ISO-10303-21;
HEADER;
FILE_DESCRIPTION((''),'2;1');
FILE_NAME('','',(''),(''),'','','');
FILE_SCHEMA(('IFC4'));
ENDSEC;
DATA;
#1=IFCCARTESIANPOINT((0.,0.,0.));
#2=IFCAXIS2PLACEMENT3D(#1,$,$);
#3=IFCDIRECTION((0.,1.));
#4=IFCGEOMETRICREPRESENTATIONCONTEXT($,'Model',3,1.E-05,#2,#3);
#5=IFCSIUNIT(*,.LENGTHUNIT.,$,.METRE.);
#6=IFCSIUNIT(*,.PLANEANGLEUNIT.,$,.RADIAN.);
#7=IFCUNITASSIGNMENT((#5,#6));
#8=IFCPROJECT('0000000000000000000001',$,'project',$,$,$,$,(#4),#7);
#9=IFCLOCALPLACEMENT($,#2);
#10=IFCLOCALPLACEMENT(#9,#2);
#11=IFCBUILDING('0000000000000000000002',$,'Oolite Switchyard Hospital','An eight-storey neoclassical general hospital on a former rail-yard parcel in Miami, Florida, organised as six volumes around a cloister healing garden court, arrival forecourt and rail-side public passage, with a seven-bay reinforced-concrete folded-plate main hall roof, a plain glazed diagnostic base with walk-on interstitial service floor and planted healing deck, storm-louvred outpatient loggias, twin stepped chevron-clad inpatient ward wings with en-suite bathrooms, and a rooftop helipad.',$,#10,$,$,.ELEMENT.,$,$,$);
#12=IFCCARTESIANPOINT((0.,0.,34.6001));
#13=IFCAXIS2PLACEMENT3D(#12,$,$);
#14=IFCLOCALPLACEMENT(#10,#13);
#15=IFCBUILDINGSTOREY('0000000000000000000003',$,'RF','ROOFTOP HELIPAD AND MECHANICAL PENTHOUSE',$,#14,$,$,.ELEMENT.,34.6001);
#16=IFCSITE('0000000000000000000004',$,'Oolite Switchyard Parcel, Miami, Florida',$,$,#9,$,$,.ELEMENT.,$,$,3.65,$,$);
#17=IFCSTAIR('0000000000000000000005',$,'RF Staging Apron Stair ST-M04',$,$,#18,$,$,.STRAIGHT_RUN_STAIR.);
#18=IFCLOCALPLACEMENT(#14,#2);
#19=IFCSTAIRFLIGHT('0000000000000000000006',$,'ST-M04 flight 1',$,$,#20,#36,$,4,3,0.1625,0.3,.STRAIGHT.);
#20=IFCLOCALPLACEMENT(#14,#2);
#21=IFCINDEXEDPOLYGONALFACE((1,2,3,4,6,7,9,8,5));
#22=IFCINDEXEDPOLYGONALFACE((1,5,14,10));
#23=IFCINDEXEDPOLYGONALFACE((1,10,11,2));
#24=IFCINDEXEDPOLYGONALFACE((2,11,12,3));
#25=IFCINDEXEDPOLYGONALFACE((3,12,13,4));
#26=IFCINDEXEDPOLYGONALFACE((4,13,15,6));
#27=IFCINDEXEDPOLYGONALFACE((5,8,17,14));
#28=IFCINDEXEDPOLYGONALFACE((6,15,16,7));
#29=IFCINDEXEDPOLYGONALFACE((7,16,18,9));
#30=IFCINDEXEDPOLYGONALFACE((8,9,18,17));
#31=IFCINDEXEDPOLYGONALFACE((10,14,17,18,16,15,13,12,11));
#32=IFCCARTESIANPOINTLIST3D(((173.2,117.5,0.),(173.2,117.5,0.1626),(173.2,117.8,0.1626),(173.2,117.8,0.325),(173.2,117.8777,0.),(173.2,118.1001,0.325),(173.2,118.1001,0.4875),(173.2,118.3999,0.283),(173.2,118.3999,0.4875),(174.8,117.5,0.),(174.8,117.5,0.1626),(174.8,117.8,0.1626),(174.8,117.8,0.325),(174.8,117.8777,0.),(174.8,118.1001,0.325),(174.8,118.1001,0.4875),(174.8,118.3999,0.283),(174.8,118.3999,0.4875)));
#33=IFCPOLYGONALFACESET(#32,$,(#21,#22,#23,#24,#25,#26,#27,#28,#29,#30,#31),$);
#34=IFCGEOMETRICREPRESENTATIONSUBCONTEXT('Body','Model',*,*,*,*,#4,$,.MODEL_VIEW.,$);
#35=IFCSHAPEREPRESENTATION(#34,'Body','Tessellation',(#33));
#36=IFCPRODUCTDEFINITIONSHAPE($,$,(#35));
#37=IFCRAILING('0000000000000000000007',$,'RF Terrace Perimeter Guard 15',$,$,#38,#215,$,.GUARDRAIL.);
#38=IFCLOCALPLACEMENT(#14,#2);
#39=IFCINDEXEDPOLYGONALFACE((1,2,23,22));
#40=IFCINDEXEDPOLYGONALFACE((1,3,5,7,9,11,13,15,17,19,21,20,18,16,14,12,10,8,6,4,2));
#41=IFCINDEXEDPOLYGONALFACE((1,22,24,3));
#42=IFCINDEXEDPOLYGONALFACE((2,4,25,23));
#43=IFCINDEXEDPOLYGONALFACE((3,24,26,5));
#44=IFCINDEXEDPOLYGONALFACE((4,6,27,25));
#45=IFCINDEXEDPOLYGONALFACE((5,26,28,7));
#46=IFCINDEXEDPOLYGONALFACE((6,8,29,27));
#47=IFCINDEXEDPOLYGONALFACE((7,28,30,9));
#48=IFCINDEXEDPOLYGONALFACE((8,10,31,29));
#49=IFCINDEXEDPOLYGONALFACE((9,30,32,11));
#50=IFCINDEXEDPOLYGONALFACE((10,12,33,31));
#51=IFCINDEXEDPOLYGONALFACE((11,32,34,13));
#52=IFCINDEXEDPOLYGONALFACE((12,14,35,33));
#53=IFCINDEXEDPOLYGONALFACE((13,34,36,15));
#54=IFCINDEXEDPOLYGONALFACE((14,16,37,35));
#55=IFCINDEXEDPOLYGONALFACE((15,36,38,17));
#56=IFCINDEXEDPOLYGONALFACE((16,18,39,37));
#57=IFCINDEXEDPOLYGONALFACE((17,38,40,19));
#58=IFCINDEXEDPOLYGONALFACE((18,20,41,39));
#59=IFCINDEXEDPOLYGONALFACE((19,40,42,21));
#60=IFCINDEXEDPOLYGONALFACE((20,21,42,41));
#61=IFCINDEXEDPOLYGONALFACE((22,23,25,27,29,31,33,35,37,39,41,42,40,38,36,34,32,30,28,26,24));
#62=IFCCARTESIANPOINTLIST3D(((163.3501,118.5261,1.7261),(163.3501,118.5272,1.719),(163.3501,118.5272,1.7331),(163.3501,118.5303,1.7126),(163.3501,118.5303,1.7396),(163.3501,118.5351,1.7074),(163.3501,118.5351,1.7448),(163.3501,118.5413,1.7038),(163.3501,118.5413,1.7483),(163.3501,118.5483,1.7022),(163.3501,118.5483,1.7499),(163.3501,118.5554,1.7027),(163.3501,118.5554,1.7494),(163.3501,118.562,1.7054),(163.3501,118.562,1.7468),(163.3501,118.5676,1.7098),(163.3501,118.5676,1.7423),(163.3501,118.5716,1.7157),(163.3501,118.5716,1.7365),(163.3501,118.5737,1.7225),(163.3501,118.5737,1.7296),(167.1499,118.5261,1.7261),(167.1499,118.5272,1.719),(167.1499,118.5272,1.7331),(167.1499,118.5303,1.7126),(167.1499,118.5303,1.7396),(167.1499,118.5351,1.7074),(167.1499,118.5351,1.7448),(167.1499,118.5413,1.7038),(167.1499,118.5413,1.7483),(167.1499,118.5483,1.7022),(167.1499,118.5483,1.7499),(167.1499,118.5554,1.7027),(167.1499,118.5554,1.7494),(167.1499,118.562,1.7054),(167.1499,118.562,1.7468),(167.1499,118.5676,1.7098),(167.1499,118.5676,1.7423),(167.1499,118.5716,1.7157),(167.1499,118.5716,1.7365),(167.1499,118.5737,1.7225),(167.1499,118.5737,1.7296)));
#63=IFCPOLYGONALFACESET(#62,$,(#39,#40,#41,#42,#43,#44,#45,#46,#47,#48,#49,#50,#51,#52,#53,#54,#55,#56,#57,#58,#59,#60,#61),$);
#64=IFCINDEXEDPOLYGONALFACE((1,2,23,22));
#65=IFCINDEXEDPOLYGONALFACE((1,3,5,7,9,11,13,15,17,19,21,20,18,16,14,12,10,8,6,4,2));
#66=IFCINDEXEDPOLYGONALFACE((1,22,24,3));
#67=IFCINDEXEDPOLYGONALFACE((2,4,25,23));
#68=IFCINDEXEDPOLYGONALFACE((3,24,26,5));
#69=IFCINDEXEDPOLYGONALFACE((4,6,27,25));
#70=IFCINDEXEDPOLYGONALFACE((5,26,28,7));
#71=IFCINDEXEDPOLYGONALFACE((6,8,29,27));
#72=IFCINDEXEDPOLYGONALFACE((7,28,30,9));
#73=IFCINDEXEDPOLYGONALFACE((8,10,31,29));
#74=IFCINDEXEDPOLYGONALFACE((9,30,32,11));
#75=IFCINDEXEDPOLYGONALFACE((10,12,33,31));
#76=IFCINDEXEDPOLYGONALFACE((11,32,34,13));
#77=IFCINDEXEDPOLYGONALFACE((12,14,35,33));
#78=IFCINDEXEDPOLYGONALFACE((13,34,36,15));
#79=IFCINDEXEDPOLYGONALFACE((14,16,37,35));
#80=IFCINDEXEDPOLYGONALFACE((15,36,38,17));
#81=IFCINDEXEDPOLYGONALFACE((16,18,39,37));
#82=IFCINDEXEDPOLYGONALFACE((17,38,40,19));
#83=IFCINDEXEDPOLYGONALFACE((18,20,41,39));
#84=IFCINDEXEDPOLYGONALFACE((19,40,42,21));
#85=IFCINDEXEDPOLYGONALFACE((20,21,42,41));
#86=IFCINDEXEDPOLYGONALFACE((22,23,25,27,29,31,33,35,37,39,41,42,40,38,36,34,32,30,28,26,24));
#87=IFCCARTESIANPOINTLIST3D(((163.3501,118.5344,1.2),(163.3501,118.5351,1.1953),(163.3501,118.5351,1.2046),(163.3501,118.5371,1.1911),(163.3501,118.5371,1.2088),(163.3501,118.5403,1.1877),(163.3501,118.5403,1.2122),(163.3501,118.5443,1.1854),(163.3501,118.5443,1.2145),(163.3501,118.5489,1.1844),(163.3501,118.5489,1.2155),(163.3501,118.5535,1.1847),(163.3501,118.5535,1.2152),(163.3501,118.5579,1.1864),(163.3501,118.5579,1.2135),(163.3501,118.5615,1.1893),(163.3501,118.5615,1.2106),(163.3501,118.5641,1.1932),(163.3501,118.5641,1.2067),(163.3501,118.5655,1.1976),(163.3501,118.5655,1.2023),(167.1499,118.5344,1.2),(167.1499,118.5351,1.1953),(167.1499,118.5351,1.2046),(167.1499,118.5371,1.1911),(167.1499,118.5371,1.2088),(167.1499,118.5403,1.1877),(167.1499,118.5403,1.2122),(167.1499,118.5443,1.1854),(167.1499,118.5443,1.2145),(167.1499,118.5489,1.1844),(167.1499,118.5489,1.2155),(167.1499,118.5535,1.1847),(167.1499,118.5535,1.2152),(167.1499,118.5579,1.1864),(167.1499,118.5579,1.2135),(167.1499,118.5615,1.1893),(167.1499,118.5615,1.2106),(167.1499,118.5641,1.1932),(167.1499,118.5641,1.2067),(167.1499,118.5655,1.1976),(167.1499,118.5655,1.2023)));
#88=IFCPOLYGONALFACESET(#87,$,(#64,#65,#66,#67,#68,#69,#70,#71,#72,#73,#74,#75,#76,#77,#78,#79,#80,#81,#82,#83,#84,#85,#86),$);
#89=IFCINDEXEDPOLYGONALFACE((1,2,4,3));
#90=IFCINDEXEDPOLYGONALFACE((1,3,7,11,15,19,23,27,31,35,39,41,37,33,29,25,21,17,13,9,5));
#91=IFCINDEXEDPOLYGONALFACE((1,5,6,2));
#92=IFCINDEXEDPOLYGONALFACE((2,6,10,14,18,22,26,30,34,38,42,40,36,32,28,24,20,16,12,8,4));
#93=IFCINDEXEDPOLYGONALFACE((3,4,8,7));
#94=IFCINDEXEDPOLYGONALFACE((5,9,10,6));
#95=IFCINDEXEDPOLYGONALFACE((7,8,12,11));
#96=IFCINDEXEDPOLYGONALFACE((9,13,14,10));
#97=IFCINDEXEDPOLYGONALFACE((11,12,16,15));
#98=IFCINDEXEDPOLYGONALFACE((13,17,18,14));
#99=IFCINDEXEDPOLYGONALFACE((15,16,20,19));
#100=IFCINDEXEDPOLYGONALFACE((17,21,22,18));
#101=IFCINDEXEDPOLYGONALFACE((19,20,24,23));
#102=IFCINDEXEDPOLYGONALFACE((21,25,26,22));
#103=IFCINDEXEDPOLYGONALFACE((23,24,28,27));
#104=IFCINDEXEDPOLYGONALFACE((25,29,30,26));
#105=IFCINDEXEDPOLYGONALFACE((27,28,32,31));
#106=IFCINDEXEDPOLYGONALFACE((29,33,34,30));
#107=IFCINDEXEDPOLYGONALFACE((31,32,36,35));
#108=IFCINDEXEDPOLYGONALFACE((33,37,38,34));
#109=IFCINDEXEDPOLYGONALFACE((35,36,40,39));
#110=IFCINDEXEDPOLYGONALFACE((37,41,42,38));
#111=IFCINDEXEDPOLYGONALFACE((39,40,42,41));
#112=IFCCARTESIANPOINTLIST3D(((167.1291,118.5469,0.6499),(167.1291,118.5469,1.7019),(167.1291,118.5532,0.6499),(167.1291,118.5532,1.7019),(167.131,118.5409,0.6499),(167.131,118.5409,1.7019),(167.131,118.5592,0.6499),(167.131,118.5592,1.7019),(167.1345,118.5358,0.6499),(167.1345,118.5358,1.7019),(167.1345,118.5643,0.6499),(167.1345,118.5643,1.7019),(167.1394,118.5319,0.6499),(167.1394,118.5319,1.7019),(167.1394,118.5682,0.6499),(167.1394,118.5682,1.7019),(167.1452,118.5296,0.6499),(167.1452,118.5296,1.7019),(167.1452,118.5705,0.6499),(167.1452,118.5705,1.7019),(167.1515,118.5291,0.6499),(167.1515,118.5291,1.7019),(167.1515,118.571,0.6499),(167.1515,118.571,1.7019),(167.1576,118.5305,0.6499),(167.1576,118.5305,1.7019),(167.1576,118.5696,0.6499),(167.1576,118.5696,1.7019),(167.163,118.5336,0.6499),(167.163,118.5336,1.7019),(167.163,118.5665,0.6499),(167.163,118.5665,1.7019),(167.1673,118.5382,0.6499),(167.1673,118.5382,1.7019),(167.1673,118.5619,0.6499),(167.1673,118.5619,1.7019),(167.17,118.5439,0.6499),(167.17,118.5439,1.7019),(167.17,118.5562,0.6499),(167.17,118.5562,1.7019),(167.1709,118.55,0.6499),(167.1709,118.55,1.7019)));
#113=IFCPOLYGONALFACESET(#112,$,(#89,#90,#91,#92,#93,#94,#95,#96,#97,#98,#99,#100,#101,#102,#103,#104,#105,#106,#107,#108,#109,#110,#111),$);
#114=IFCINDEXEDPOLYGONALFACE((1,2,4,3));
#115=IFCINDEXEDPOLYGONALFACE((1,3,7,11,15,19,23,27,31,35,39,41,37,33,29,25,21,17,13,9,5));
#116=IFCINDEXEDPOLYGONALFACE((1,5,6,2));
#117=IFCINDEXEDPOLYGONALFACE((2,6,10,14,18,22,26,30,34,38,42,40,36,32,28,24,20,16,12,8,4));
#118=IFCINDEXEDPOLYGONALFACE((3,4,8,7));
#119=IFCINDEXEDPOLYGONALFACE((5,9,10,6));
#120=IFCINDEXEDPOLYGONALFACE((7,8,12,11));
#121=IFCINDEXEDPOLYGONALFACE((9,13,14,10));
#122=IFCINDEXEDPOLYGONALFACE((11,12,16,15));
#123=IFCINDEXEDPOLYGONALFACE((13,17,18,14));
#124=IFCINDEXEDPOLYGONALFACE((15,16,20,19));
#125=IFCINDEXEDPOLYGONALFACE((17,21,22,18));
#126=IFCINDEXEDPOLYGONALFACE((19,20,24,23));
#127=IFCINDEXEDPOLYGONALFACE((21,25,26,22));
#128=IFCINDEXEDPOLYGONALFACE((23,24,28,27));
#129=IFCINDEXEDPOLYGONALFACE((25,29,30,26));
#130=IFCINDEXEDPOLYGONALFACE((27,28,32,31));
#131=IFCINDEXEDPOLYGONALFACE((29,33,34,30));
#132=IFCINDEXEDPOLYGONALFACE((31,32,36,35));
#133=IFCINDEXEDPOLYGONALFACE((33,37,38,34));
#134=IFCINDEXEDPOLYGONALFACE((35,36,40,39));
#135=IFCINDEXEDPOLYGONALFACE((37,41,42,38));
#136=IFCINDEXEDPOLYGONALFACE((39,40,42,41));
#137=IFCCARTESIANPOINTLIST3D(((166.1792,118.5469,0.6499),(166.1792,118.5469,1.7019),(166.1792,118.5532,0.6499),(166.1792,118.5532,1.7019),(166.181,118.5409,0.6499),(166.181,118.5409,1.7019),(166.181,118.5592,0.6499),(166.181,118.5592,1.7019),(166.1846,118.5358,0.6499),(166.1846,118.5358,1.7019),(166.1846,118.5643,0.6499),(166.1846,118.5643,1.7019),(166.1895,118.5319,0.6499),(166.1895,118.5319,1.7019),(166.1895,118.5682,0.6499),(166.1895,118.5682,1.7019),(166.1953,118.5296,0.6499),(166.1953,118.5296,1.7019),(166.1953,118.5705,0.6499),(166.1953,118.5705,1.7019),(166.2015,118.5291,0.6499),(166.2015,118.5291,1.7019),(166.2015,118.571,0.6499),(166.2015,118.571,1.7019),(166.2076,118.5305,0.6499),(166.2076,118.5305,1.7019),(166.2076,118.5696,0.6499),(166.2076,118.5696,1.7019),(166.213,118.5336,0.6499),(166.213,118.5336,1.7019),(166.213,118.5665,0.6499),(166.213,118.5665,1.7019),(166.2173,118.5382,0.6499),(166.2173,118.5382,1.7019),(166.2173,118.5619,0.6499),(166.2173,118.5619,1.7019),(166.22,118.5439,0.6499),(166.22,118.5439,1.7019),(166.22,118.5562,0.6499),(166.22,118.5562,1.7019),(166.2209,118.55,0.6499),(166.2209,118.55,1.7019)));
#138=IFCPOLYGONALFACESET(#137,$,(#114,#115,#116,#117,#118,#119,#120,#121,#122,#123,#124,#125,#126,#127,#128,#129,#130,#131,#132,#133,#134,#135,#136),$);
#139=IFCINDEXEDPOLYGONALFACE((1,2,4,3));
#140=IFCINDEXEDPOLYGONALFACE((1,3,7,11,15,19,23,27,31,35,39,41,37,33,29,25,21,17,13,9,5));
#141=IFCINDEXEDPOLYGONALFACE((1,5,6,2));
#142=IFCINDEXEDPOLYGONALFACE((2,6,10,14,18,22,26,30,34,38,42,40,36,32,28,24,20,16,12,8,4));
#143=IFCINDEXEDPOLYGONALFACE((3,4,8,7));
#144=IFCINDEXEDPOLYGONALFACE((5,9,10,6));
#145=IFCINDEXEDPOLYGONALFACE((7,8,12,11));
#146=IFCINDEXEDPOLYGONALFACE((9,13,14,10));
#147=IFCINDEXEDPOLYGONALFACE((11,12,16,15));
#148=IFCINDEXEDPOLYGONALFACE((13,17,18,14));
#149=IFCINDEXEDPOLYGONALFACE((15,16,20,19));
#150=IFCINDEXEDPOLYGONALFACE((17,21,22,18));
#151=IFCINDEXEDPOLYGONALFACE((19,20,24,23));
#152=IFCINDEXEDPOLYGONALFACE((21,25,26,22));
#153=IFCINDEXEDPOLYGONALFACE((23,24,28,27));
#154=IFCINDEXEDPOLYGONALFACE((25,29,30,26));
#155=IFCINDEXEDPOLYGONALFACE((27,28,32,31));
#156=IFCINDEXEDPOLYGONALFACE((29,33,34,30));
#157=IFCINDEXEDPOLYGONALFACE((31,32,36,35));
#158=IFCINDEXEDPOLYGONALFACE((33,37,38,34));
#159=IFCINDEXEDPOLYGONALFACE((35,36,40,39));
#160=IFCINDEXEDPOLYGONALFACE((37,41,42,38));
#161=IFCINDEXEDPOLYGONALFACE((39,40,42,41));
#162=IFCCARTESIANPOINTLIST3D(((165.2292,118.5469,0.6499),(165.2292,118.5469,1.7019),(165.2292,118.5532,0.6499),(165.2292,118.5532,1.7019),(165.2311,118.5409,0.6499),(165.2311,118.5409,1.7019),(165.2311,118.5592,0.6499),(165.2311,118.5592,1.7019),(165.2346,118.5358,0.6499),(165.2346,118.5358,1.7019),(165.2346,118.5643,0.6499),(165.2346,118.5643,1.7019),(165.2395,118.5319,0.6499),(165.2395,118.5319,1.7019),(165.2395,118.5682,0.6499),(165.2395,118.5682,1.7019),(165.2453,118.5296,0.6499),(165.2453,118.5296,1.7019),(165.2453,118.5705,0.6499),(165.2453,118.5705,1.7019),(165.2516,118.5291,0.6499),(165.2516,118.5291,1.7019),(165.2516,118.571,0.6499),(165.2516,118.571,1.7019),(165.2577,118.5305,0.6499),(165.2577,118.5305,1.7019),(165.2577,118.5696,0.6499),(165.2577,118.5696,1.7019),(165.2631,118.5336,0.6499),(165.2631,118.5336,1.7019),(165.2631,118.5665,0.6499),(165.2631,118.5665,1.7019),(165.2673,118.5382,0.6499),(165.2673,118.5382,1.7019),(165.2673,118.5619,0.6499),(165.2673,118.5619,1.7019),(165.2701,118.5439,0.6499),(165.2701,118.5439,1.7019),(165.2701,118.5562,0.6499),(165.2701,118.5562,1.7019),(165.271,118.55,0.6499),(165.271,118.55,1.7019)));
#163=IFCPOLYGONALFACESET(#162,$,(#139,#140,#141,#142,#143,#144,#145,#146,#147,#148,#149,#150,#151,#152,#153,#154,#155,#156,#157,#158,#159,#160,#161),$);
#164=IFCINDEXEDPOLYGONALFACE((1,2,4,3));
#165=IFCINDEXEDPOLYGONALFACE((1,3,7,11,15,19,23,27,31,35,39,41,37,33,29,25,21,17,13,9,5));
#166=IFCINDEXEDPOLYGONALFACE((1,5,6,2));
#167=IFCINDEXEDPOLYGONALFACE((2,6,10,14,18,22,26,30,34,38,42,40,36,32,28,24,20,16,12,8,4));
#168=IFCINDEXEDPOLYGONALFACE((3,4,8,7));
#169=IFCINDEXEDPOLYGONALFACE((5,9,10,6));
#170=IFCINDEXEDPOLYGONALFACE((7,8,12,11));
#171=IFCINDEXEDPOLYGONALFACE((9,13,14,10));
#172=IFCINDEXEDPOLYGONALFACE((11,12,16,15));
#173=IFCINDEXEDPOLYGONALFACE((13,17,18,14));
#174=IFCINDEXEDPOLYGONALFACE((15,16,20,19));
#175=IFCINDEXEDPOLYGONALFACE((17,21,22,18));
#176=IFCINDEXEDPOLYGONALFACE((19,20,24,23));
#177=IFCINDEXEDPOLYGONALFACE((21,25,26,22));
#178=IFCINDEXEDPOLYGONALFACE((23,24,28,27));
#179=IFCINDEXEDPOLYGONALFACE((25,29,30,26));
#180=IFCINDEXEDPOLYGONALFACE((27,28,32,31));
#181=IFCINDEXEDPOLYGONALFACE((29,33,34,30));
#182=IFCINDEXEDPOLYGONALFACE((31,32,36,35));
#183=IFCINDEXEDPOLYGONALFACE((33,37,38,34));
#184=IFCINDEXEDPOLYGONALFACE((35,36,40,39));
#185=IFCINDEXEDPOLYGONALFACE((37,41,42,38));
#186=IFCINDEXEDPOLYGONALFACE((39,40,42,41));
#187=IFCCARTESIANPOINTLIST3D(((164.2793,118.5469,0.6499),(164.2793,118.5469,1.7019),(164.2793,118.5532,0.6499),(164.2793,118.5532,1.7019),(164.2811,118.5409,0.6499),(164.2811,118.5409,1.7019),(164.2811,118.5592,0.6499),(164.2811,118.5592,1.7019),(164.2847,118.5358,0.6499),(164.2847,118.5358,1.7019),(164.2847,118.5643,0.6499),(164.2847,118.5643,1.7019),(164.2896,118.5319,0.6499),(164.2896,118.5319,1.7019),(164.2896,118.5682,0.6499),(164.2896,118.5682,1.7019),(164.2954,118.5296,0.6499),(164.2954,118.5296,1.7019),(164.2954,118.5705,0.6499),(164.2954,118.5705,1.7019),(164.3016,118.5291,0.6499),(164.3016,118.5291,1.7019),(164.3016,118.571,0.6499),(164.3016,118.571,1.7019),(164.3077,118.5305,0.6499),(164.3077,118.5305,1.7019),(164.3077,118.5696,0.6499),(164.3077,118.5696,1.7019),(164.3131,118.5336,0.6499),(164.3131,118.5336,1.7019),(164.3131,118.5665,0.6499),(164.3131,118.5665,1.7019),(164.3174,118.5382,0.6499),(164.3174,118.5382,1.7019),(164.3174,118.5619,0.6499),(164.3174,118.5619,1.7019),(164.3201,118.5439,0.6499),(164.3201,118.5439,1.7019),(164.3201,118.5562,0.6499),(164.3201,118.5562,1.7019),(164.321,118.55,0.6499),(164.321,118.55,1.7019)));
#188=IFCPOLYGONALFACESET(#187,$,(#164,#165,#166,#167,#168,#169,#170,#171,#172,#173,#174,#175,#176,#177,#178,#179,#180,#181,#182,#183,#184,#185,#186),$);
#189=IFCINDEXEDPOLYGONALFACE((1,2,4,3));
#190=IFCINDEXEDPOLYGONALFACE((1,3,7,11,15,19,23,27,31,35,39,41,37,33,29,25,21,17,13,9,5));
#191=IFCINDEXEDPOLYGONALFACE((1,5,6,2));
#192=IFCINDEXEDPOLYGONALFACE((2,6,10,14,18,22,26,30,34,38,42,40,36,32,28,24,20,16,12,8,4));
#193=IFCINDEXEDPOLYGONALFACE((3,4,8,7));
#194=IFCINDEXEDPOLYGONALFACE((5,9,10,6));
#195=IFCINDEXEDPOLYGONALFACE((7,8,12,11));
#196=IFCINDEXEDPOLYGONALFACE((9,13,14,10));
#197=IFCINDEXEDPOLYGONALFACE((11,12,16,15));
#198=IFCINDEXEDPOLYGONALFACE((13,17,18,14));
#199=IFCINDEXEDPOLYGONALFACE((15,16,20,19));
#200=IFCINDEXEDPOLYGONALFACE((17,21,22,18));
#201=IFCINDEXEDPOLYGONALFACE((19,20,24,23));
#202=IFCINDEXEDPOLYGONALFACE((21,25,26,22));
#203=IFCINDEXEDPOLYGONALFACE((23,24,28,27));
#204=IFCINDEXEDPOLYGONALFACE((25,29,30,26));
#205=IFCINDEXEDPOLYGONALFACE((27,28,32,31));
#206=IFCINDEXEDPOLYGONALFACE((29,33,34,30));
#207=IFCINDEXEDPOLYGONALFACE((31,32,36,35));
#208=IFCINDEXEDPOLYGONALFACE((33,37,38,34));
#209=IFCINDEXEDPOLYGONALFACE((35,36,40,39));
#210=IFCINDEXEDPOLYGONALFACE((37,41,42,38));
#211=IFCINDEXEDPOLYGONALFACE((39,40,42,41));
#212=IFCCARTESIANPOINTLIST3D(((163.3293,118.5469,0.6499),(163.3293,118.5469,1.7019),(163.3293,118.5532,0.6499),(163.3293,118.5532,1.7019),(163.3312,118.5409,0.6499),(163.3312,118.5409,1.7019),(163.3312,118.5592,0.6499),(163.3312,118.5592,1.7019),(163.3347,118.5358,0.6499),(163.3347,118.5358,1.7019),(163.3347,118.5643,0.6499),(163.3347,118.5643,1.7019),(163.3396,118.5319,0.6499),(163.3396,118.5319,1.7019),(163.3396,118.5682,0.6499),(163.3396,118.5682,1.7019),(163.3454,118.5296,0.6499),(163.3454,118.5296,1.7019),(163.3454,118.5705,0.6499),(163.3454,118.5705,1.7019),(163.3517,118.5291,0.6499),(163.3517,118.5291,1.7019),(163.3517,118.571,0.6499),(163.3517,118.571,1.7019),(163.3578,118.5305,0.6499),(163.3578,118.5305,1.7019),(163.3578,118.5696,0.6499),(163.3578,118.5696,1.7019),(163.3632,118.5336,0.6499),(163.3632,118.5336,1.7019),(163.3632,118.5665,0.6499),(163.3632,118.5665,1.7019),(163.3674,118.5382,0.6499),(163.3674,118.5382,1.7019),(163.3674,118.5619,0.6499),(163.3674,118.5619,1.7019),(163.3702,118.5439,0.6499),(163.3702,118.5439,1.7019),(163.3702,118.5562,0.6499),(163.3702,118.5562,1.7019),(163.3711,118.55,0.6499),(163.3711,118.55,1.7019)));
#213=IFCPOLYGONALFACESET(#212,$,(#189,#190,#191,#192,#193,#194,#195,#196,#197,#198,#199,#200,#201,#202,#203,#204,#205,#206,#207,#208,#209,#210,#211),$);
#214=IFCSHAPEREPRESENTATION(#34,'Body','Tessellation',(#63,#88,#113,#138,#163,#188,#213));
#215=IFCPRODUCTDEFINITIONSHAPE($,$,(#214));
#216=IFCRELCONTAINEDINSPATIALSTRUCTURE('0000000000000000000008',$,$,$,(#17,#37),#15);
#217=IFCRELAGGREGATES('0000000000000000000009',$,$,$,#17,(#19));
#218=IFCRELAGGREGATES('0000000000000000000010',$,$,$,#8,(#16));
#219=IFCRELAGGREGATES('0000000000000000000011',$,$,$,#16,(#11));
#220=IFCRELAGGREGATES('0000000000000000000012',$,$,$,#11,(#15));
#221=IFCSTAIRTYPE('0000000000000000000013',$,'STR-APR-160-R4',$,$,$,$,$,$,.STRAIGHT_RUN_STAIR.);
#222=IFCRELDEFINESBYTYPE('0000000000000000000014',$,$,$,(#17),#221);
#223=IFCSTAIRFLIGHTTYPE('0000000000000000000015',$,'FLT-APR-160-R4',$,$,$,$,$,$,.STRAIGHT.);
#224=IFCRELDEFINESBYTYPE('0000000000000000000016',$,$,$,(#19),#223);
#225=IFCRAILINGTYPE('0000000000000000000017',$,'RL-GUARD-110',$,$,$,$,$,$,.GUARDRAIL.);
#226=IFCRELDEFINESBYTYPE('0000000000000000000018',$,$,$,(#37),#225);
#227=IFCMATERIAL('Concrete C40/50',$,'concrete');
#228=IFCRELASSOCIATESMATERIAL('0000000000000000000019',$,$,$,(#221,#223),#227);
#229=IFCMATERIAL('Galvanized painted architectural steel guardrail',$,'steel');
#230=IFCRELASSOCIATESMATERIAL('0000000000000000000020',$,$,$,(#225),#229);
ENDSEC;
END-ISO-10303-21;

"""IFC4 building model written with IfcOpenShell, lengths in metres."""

from ifc_helpers import new_model, si_unit, direction, frame, origin, origin_2d, place, context, subcontext, project, spatial, polyline, circle, outline, extrude, material, type_object, element, aggregate, save


model = new_model("IFC4")

# Units and contexts
model_context = context("Model", 3, precision=1e-05, world=origin(), true_north=direction((0.0, 1.0)))
body_context = subcontext(model_context, "Body", "Model", "MODEL_VIEW")
ifc_project = project(units=[si_unit("LENGTHUNIT", "METRE"), si_unit("PLANEANGLEUNIT", "RADIAN")], contexts=[model_context])

# Site, building, storey
site_placement = place(None, origin())
site = spatial("IfcSite", under=ifc_project, at=site_placement, Name="Oolite Switchyard Parcel, Miami, Florida", CompositionType="ELEMENT", RefElevation=3.65)
building_placement = place(site_placement, origin())
building = spatial("IfcBuilding", under=site, at=building_placement, Name="Oolite Switchyard Hospital", Description="An eight-storey neoclassical general hospital on a former rail-yard parcel in Miami, Florida, organised as six volumes around a cloister healing garden court, arrival forecourt and rail-side public passage, with a seven-bay reinforced-concrete folded-plate main hall roof, a plain glazed diagnostic base with walk-on interstitial service floor and planted healing deck, storm-louvred outpatient loggias, twin stepped chevron-clad inpatient ward wings with en-suite bathrooms, and a rooftop helipad.", CompositionType="ELEMENT")
storey_placement = place(building_placement, frame((0.0, 0.0, 34.6001)))
storey = spatial("IfcBuildingStorey", under=building, at=storey_placement, Name="RF", Description="ROOFTOP HELIPAD AND MECHANICAL PENTHOUSE", CompositionType="ELEMENT", Elevation=34.6001)

# Shared definitions
ifc_material_1 = material(Name="Concrete C40/50", Category="concrete")

# Stair, stair flight
stair_type_1 = type_object("IfcStairType", Name="STR-APR-160-R4", PredefinedType="STRAIGHT_RUN_STAIR", material=ifc_material_1)
stair_1_placement = place(storey_placement, origin())
stair_1 = element("IfcStair", 1, at=stair_1_placement, inside=storey, type_object=stair_type_1, Name="RF Staging Apron Stair ST-M04", PredefinedType="STRAIGHT_RUN_STAIR")
stair_flight_type_1 = type_object("IfcStairFlightType", Name="FLT-APR-160-R4", PredefinedType="STRAIGHT", material=ifc_material_1)
stair_flight_1_placement = place(storey_placement, frame((174.0, 117.5, 0.0), z_axis=(0.0, 0.0, 1.0), x_axis=(0.0, 1.0, 0.0)))
stair_flight_1 = element("IfcStairFlight", 2, at=stair_flight_1_placement, type_object=stair_flight_type_1, Name="ST-M04 flight 1", NumberOfRisers=4, NumberOfTreads=3, PredefinedType="STRAIGHT", RiserHeight=0.1625, TreadLength=0.3, context=body_context, shape_type="SweptSolid", body=[
    extrude(outline(polyline([(0.0, 0.0), (0.0, 0.1626), (0.3, 0.1626), (0.3, 0.325), (0.6001, 0.325), (0.6001, 0.4875), (0.8999, 0.4875), (0.8999, 0.6499), (0.8999, 0.283), (0.3777, 0.0), (0.0, 0.0)])), frame((0.0, 0.8, 0.0), z_axis=(0.0, -1.0, 0.0), x_axis=(1.0, 0.0, 0.0)), (0.0, 0.0, 1.0), 1.6001),
])
aggregate(stair_1, [stair_flight_1])

# Railing
ifc_material_2 = material(Name="Galvanized painted architectural steel guardrail", Category="steel")
railing_type_1 = type_object("IfcRailingType", Name="RL-GUARD-110", PredefinedType="GUARDRAIL", material=ifc_material_2)
railing_placement = place(storey_placement, frame((167.1499, 118.55, 0.6499)))
element("IfcRailing", 3, at=railing_placement, inside=storey, type_object=railing_type_1, Name="RF Terrace Perimeter Guard 15", PredefinedType="GUARDRAIL", context=body_context, shape_type="SweptSolid", body=[
    extrude(circle(Radius=0.0239, at=origin_2d()), frame((0.0, 0.0, 1.0762), z_axis=(-1.0, 0.0, 0.0), x_axis=(0.0, -1.0, 0.0)), (0.0, 0.0, 1.0), 3.7998),
    extrude(circle(Radius=0.0156, at=origin_2d()), frame((0.0, 0.0, 0.55), z_axis=(-1.0, 0.0, 0.0), x_axis=(0.0, -1.0, 0.0)), (0.0, 0.0, 1.0), 3.7998),
    extrude(circle(Radius=0.021, at=origin_2d()), origin(), (0.0, 0.0, 1.0), 1.052),
    extrude(circle(Radius=0.021, at=origin_2d()), frame((-0.95, 0.0, 0.0)), (0.0, 0.0, 1.0), 1.052),
    extrude(circle(Radius=0.021, at=origin_2d()), frame((-1.8999, 0.0, 0.0)), (0.0, 0.0, 1.0), 1.052),
    extrude(circle(Radius=0.021, at=origin_2d()), frame((-2.8499, 0.0, 0.0)), (0.0, 0.0, 1.0), 1.052),
    extrude(circle(Radius=0.021, at=origin_2d()), frame((-3.7998, 0.0, 0.0)), (0.0, 0.0, 1.0), 1.052),
])

save(model, "model.ifc")
